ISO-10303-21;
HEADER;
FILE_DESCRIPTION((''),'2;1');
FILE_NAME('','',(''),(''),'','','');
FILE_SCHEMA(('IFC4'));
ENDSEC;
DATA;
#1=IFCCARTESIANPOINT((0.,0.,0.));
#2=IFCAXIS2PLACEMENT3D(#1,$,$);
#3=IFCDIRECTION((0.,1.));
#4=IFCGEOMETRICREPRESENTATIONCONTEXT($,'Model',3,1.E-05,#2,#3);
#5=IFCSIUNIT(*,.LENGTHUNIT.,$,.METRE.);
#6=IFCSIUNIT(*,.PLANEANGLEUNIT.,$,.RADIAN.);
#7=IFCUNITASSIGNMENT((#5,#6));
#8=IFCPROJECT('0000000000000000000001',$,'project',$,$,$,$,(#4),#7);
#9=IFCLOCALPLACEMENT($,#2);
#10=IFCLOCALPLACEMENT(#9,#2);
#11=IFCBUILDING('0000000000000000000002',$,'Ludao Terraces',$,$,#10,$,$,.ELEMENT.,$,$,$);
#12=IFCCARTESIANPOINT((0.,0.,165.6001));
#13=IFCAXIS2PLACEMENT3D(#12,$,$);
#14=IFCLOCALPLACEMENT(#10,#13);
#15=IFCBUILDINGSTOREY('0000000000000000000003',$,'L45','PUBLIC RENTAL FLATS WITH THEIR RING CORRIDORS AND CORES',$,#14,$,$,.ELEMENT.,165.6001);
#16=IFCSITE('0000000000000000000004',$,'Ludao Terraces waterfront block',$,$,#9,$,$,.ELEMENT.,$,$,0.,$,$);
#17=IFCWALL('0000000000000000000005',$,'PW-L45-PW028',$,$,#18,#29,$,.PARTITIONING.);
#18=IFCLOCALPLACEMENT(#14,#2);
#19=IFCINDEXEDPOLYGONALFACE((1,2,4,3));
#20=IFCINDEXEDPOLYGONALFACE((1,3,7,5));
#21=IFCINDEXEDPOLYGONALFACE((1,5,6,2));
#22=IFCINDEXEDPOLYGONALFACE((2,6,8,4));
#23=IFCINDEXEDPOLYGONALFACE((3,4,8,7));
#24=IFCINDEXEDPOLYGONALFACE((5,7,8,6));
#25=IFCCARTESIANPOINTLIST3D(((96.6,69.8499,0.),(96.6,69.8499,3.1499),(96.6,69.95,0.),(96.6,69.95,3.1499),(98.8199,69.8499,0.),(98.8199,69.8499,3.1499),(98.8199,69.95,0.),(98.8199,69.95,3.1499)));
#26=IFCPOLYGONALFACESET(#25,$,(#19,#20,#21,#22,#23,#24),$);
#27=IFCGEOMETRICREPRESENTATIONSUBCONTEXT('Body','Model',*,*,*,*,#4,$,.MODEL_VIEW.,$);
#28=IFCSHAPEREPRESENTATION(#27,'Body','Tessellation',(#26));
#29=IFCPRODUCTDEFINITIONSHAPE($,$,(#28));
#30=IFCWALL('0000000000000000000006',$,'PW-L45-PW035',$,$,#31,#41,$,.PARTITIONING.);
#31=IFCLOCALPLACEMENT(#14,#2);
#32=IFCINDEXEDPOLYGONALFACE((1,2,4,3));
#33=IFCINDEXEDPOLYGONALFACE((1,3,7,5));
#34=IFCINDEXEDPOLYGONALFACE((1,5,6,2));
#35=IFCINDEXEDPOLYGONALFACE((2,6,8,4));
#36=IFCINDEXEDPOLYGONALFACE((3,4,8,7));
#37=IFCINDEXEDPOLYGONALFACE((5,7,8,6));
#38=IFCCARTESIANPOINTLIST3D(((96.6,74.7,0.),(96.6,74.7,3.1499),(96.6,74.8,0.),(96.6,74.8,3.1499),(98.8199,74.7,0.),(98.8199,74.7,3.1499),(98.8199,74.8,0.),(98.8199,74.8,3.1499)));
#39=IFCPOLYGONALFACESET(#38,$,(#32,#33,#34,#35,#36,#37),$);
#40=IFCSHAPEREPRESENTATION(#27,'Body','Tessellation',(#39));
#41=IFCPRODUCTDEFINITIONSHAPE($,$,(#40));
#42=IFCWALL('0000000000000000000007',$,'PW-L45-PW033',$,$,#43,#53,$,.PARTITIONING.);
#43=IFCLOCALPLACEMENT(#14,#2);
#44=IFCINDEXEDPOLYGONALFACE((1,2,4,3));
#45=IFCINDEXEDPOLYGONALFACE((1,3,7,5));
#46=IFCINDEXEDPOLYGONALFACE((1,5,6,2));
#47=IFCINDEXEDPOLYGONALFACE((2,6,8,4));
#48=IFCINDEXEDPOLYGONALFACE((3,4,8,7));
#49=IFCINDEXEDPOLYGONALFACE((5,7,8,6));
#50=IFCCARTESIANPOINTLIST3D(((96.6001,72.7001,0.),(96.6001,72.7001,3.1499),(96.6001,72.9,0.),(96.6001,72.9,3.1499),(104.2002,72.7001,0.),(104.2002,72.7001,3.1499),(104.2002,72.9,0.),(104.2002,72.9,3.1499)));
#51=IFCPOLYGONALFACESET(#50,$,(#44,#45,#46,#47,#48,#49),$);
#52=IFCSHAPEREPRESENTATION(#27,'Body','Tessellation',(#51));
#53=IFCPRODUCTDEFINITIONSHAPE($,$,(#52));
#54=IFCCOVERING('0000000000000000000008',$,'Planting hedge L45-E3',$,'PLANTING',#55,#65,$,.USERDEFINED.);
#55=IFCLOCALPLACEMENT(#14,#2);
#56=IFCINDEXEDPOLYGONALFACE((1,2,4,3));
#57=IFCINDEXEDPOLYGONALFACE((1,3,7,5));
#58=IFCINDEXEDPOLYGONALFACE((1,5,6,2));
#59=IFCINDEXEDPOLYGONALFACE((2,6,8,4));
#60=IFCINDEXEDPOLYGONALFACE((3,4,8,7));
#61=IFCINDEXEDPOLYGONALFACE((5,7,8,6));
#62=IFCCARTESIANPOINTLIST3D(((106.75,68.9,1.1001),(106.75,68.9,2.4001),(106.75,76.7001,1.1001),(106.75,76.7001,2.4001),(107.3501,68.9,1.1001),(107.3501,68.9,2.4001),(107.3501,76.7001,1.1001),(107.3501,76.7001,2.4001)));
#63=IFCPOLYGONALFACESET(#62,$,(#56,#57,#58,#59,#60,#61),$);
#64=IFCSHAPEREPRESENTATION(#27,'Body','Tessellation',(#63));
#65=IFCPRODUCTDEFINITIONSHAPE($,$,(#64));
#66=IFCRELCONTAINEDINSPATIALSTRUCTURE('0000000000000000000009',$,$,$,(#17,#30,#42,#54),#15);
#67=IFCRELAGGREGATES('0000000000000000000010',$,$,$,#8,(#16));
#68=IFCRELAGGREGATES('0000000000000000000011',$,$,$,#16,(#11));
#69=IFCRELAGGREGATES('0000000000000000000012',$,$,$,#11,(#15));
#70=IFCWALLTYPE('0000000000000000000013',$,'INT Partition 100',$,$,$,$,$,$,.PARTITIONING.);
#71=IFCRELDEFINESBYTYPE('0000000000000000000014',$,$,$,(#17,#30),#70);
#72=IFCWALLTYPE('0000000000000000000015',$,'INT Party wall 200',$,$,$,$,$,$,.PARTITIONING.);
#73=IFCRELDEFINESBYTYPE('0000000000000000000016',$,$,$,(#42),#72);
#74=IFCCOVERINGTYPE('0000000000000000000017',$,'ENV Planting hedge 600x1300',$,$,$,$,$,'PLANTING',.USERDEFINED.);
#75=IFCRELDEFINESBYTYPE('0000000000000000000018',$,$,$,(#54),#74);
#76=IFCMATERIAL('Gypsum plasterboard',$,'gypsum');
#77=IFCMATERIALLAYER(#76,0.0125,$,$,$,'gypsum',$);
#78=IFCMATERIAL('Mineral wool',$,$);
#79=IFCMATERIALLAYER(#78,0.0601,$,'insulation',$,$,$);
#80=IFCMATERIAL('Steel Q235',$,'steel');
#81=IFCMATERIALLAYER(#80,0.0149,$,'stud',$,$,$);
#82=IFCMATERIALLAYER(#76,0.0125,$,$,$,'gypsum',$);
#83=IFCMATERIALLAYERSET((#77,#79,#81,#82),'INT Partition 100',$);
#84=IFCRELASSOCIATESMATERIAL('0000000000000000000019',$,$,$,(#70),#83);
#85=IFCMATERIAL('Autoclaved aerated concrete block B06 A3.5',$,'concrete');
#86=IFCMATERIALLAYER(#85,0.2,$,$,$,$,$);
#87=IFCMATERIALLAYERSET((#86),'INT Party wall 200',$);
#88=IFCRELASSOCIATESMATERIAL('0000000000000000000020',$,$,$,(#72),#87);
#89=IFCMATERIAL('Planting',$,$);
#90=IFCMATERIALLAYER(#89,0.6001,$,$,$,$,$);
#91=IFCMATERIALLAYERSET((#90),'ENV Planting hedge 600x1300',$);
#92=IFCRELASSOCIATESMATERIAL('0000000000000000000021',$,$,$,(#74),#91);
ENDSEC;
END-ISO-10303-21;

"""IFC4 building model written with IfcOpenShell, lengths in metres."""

from ifc_helpers import new_model, si_unit, direction, frame, frame_2d, origin, origin_2d, place, context, subcontext, project, spatial, rectangle, extrude, material, layer, layer_set, type_object, element, save


model = new_model("IFC4")

# Units and contexts
model_context = context("Model", 3, precision=1e-05, world=origin(), true_north=direction((0.0, 1.0)))
body_context = subcontext(model_context, "Body", "Model", "MODEL_VIEW")
ifc_project = project(units=[si_unit("LENGTHUNIT", "METRE"), si_unit("PLANEANGLEUNIT", "RADIAN")], contexts=[model_context])

# Site, building, storey
site_placement = place(None, origin())
site = spatial("IfcSite", under=ifc_project, at=site_placement, Name="Ludao Terraces waterfront block", CompositionType="ELEMENT", RefElevation=0.0)
building_placement = place(site_placement, origin())
building = spatial("IfcBuilding", under=site, at=building_placement, Name="Ludao Terraces", CompositionType="ELEMENT")
storey_placement = place(building_placement, frame((0.0, 0.0, 165.6001)))
storey = spatial("IfcBuildingStorey", under=building, at=storey_placement, Name="L45", Description="PUBLIC RENTAL FLATS WITH THEIR RING CORRIDORS AND CORES", CompositionType="ELEMENT", Elevation=165.6001)

# Shared definitions
ifc_material_1 = material(Name="Mineral wool")

# Walls
ifc_material_2 = material(Name="Gypsum plasterboard", Category="gypsum")
ifc_layer_1 = layer(ifc_material_2, 0.0125, Category="gypsum")
ifc_layer_2 = layer(ifc_material_1, 0.0601, Name="insulation")
ifc_material_3 = material(Name="Steel Q235", Category="steel")
ifc_layer_3 = layer(ifc_material_3, 0.0149, Name="stud")
ifc_layer_4 = layer(ifc_material_2, 0.0125, Category="gypsum")
ifc_layer_set_1 = layer_set([ifc_layer_1, ifc_layer_2, ifc_layer_3, ifc_layer_4], Name="INT Partition 100")
wall_type_1 = type_object("IfcWallType", Name="INT Partition 100", PredefinedType="PARTITIONING", material=ifc_layer_set_1)
for number, where, z_axis, x_axis, name in (
    (1, (96.6001, 69.8999, 0.0), (0.0, 0.0, 1.0), (1.0, 0.0, 0.0), "PW-L45-PW028"),
    (2, (96.6001, 74.75, 0.0), (0.0, 0.0, 1.0), (1.0, 0.0, 0.0), "PW-L45-PW035"),
):
    element("IfcWall", number, at=place(storey_placement, frame(where, z_axis=z_axis, x_axis=x_axis)), inside=storey, type_object=wall_type_1, Name=name, PredefinedType="PARTITIONING", context=body_context, shape_type="SweptSolid", body=[
        extrude(rectangle(XDim=2.22, YDim=0.1001, at=frame_2d((1.1099, 0.0))), origin(), (0.0, 0.0, 1.0), 3.1499),
    ])
ifc_material_4 = material(Name="Autoclaved aerated concrete block B06 A3.5", Category="concrete")
ifc_layer_5 = layer(ifc_material_4, 0.2)
ifc_layer_set_2 = layer_set([ifc_layer_5], Name="INT Party wall 200")
wall_type_2 = type_object("IfcWallType", Name="INT Party wall 200", PredefinedType="PARTITIONING", material=ifc_layer_set_2)
wall_1_placement = place(storey_placement, frame((96.6001, 72.8, 0.0), z_axis=(0.0, 0.0, 1.0), x_axis=(1.0, 0.0, 0.0)))
element("IfcWall", 3, at=wall_1_placement, inside=storey, type_object=wall_type_2, Name="PW-L45-PW033", PredefinedType="PARTITIONING", context=body_context, shape_type="SweptSolid", body=[
    extrude(rectangle(XDim=7.6001, YDim=0.2, at=frame_2d((3.8, 0.0))), origin(), (0.0, 0.0, 1.0), 3.1499),
])

# Covering
ifc_material_5 = material(Name="Planting")
ifc_layer_6 = layer(ifc_material_5, 0.6001)
ifc_layer_set_3 = layer_set([ifc_layer_6], Name="ENV Planting hedge 600x1300")
covering_type = type_object("IfcCoveringType", Name="ENV Planting hedge 600x1300", ElementType="PLANTING", PredefinedType="USERDEFINED", material=ifc_layer_set_3)
covering_placement = place(storey_placement, frame((107.05, 72.8, 1.1001), z_axis=(0.0, 0.0, 1.0), x_axis=(1.0, 0.0, 0.0)))
element("IfcCovering", 4, at=covering_placement, inside=storey, type_object=covering_type, Name="Planting hedge L45-E3", ObjectType="PLANTING", PredefinedType="USERDEFINED", context=body_context, shape_type="SweptSolid", body=[
    extrude(rectangle(XDim=0.6001, YDim=7.8, at=origin_2d()), origin(), (0.0, 0.0, 1.0), 1.3),
])

save(model, "model.ifc")
